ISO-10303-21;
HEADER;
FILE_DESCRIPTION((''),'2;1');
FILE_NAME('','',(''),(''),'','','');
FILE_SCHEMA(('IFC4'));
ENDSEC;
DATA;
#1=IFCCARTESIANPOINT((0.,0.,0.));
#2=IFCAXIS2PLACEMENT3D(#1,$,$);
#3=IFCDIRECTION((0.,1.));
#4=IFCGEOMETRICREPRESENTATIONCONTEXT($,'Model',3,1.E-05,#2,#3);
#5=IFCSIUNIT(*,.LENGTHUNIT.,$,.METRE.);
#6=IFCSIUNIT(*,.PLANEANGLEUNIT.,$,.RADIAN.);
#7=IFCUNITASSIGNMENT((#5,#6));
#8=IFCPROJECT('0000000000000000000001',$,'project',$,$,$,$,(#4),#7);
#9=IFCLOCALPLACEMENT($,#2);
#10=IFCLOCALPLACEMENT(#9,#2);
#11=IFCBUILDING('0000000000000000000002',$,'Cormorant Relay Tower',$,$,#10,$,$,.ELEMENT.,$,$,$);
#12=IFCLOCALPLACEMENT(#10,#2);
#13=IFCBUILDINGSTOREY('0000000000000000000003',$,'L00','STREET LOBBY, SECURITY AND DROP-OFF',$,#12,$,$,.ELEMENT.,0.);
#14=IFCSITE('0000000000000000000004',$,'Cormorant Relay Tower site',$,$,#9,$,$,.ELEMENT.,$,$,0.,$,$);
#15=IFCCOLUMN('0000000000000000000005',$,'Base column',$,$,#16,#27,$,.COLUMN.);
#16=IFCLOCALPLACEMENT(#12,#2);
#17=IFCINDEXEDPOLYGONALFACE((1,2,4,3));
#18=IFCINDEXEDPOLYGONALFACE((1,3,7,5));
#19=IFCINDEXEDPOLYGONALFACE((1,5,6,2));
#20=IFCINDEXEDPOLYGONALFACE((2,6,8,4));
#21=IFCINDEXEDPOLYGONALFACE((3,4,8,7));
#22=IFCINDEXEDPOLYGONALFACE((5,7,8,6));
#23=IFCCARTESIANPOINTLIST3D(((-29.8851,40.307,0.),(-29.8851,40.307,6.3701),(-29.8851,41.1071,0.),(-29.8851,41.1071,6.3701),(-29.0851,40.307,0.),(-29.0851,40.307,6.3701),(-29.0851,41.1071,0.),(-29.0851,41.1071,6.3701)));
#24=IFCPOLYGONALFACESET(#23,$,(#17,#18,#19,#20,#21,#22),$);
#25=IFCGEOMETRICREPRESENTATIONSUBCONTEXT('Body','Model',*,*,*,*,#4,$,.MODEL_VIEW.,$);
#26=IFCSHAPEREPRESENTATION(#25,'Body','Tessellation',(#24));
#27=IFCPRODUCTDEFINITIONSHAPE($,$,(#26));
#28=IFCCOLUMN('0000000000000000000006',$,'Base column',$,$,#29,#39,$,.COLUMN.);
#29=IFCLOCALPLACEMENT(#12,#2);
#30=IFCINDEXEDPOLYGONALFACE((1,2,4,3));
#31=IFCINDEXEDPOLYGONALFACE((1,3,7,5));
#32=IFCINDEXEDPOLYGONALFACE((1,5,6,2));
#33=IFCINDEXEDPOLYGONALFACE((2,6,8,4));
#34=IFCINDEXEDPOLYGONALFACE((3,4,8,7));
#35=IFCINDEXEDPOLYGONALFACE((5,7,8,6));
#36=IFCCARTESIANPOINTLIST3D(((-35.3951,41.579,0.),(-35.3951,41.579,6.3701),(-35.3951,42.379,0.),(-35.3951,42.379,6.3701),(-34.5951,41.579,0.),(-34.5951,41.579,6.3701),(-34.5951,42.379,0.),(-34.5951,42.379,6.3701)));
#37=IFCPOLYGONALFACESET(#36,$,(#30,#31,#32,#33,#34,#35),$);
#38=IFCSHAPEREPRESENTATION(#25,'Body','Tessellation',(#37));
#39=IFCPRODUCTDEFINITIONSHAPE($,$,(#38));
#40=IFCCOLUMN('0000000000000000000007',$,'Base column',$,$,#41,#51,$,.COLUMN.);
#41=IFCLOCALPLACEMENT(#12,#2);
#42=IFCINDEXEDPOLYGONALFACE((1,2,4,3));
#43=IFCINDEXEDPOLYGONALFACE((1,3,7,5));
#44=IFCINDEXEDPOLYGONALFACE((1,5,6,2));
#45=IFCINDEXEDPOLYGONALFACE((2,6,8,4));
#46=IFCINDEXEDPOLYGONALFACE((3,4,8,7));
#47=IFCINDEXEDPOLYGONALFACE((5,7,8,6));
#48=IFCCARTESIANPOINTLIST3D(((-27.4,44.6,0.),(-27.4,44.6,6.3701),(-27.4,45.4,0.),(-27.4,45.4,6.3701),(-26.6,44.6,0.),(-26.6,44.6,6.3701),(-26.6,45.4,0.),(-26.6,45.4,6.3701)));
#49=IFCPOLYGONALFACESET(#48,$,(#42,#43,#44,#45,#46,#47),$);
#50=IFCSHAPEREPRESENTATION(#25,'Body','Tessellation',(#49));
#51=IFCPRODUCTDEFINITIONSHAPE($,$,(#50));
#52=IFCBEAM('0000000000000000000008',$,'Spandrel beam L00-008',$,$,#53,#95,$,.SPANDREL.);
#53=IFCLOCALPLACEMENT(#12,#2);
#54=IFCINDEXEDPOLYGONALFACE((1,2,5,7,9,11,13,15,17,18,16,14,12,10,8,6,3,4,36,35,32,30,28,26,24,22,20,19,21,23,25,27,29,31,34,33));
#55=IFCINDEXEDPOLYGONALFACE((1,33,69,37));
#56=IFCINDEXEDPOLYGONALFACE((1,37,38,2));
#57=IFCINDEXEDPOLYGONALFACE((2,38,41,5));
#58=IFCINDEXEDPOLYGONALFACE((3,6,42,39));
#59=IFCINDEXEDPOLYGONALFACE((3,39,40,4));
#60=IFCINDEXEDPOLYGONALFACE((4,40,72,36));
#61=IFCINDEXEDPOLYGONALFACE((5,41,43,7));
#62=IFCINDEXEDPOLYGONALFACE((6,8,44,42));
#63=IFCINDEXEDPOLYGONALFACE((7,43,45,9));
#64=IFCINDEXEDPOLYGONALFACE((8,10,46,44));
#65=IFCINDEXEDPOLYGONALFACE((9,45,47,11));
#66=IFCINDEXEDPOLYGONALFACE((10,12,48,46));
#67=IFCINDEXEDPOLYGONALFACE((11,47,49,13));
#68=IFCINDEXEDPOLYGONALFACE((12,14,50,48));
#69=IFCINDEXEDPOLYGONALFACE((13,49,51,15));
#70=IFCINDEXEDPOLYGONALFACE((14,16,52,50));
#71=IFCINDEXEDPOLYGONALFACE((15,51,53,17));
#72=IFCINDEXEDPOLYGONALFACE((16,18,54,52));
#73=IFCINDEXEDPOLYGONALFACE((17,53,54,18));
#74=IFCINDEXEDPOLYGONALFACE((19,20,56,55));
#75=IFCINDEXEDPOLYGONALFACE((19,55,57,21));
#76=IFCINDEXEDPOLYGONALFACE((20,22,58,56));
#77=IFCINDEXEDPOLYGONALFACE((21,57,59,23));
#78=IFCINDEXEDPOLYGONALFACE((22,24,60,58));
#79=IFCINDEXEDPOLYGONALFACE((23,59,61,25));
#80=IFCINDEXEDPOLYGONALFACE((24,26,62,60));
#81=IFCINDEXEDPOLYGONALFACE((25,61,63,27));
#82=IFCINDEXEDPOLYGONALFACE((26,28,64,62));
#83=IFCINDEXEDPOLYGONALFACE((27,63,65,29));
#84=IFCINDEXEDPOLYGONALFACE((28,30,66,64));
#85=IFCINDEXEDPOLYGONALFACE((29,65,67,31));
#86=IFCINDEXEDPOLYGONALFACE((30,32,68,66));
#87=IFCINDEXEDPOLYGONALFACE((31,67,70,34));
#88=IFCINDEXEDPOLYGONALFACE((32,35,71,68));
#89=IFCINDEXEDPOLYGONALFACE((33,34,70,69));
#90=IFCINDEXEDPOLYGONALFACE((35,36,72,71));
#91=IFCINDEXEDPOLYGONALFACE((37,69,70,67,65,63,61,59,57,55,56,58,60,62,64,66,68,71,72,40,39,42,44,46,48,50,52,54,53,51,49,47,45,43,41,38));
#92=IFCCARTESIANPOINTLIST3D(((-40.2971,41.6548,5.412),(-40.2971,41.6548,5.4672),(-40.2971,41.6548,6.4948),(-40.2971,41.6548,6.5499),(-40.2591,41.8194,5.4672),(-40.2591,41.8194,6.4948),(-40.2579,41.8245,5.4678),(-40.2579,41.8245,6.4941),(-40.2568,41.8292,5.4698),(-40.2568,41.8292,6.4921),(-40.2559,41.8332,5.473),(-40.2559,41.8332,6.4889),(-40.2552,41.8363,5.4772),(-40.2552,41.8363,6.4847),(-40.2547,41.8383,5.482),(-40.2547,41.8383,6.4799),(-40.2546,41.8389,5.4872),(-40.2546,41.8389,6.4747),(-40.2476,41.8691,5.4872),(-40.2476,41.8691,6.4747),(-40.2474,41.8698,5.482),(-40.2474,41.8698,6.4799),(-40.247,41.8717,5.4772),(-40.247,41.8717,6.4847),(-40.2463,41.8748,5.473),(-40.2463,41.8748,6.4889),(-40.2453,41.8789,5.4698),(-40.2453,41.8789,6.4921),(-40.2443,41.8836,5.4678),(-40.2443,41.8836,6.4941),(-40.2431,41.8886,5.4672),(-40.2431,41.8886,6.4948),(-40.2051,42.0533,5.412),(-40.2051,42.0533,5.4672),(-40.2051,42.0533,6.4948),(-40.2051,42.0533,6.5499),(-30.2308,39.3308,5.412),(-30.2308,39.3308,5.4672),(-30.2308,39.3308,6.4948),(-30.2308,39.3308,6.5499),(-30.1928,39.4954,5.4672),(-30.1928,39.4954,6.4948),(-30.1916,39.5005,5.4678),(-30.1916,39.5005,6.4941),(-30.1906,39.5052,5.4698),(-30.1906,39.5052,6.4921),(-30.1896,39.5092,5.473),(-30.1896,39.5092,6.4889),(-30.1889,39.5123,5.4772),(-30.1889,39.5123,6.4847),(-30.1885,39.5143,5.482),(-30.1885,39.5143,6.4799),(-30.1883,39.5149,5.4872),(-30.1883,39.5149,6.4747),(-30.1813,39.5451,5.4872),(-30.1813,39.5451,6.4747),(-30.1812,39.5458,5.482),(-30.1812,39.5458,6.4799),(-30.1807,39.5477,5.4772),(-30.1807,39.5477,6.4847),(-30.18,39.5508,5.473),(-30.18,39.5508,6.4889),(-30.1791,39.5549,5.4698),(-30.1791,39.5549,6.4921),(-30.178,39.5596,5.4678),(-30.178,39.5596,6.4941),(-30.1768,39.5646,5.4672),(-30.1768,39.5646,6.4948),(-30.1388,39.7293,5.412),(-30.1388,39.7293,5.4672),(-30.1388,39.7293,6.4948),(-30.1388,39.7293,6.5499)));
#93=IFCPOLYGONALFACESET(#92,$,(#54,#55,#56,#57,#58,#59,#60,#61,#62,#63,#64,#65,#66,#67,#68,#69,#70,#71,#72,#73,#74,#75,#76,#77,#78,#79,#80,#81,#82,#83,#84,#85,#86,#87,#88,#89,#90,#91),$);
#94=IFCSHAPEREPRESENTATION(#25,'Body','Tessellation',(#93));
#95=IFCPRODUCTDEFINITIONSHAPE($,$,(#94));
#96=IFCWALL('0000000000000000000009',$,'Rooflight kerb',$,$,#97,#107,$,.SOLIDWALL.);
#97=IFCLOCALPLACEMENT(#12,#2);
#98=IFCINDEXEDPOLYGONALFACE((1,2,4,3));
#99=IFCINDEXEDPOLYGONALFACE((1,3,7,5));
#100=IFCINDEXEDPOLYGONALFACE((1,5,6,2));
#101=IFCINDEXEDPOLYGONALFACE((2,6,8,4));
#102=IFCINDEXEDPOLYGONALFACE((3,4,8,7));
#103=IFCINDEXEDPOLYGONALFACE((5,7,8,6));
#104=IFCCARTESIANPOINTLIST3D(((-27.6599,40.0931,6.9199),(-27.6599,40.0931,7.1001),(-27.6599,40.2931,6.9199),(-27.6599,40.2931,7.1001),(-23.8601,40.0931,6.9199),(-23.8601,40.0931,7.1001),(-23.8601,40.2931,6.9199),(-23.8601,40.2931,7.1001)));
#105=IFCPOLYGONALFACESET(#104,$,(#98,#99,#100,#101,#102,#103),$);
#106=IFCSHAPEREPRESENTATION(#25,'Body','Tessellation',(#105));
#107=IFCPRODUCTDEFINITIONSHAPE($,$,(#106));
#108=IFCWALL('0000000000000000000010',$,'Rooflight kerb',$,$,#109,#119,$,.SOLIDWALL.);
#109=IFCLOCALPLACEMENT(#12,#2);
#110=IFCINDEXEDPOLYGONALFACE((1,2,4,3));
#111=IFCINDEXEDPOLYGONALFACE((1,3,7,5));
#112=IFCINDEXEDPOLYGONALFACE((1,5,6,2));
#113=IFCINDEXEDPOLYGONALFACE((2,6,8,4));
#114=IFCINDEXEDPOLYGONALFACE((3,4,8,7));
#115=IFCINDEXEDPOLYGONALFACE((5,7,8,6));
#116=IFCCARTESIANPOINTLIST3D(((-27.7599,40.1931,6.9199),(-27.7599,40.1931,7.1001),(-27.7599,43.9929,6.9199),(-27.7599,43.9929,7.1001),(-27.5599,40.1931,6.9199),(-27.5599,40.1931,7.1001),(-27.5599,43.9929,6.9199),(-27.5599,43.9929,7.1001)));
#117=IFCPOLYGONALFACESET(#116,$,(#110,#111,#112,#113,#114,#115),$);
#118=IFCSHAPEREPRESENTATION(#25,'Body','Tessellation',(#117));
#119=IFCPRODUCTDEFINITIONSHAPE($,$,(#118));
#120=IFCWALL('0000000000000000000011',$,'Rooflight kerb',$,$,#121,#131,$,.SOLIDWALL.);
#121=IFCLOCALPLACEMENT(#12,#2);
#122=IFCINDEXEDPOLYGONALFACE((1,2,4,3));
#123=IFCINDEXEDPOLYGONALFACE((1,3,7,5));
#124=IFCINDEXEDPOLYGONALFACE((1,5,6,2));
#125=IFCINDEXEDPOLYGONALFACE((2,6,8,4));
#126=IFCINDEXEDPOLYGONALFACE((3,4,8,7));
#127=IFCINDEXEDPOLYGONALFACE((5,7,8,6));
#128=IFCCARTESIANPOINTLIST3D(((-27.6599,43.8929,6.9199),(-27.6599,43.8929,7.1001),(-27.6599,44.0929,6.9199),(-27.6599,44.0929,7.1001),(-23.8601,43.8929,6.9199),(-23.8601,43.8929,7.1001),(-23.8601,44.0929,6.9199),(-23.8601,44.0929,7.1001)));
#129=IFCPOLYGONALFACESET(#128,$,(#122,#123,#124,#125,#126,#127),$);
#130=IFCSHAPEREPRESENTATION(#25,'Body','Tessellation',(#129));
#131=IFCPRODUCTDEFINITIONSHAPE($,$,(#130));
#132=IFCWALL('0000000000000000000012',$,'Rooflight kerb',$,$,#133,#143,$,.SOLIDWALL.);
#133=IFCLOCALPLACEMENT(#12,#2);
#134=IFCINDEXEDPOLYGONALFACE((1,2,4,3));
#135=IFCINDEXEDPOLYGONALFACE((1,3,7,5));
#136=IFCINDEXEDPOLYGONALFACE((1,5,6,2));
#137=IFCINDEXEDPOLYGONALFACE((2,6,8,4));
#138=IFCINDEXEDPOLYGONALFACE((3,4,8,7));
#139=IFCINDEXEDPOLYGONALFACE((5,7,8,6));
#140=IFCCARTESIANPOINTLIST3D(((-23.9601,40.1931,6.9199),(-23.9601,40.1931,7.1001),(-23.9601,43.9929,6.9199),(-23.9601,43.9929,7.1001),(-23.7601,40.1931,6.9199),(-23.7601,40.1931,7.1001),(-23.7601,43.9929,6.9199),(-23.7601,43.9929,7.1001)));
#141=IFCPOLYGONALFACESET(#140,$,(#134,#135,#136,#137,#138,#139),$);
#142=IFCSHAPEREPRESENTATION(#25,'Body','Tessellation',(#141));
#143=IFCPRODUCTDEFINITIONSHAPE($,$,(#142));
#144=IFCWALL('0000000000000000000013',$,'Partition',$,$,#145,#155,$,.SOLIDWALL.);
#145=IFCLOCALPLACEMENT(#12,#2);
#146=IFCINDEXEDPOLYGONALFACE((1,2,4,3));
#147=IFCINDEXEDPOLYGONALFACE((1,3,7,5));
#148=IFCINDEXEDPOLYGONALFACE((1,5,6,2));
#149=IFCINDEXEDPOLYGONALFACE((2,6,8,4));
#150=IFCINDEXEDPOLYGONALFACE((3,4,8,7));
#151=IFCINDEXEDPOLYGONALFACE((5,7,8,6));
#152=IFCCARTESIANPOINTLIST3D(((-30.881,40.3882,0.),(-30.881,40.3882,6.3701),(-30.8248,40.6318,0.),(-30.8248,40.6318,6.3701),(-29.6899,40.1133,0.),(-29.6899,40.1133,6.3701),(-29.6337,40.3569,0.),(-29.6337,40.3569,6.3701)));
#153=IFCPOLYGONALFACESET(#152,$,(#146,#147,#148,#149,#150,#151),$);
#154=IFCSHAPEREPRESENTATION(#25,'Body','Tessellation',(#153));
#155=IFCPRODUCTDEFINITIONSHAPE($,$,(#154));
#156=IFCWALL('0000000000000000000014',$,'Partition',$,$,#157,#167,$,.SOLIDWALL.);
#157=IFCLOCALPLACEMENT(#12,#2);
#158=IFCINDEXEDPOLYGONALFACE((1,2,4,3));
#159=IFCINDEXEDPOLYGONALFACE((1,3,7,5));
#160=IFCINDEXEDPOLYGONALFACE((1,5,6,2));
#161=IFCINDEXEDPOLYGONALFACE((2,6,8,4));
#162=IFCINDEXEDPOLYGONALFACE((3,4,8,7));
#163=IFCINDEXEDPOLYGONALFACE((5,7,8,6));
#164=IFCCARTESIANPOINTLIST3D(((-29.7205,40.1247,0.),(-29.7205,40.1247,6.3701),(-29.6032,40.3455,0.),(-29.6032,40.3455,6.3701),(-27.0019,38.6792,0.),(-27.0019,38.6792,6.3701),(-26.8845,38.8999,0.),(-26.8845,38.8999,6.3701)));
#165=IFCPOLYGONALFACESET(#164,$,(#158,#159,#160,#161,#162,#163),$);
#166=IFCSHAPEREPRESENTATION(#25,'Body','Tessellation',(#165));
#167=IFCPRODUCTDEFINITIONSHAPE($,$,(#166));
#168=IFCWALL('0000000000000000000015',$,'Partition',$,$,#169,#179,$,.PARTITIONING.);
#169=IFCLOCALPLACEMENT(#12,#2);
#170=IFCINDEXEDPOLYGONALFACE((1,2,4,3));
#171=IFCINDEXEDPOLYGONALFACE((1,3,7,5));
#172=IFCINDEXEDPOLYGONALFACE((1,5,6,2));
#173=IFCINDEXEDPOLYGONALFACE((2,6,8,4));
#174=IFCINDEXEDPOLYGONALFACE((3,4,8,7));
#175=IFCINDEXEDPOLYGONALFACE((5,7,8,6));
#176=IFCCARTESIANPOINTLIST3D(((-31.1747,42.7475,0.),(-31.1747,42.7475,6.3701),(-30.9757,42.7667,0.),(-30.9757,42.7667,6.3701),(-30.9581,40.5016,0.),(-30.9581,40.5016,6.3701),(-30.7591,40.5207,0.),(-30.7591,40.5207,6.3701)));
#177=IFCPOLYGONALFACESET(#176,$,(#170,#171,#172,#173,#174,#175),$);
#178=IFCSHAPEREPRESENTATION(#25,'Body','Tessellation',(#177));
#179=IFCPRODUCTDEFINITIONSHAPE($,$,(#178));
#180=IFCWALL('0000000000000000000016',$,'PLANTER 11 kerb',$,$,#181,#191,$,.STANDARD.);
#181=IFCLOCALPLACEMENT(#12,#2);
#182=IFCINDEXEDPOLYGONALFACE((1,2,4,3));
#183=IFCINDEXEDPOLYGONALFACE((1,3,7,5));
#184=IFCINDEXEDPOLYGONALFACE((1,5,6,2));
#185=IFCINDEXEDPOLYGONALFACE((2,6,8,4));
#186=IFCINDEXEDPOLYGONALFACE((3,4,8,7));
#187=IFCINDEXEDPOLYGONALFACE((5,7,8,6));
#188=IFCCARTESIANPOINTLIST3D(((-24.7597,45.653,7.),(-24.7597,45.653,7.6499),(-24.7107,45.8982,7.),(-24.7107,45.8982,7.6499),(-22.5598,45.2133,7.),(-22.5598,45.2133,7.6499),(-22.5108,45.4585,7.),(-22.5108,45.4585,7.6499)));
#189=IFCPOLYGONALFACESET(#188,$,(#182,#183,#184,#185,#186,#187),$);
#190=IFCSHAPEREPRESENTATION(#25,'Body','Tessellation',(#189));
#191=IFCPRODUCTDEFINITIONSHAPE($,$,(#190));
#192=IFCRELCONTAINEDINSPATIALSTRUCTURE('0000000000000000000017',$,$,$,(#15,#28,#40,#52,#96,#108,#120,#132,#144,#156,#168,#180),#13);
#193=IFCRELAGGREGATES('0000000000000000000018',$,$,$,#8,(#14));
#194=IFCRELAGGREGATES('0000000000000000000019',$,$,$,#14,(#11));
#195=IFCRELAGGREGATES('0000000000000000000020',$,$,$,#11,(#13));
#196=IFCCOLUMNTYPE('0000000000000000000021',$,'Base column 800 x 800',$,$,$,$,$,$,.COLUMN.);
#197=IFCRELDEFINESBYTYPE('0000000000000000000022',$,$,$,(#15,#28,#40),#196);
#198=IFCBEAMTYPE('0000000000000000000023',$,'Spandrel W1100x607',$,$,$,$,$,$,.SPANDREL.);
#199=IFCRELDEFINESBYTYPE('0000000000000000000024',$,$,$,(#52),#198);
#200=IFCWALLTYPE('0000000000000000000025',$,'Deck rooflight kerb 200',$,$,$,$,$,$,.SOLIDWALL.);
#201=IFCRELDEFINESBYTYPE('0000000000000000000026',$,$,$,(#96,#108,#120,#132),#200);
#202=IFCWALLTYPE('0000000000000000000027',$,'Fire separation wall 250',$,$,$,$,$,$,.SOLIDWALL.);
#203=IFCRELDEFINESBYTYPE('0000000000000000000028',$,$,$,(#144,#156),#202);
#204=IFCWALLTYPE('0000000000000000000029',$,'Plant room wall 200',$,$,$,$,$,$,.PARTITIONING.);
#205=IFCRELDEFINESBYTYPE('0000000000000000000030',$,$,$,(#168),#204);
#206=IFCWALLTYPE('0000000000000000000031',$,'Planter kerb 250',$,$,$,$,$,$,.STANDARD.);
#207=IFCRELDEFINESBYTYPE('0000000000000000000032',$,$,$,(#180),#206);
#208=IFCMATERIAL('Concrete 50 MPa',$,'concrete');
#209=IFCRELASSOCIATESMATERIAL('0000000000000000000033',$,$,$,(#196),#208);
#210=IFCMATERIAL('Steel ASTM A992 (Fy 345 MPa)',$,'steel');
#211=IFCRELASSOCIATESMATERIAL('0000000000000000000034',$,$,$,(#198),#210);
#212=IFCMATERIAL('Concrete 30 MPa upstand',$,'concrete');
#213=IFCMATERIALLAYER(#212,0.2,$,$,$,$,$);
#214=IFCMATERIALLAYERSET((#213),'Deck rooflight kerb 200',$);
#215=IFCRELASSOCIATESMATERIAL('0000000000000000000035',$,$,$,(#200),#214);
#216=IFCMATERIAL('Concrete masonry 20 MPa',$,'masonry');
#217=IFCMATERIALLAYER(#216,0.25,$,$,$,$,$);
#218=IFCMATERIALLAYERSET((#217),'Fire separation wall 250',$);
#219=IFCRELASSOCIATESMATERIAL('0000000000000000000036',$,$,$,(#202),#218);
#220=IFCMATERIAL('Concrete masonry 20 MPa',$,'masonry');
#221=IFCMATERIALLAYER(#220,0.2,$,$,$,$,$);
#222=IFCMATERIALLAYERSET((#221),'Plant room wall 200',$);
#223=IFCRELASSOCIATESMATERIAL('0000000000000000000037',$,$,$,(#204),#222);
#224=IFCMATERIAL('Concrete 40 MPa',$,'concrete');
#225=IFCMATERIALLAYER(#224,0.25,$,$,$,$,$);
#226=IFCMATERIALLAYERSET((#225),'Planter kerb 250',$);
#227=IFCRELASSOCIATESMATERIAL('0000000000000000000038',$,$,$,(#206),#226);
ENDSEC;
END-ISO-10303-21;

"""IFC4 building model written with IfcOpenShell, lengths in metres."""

from ifc_helpers import new_model, si_unit, direction, frame, frame_2d, origin, origin_2d, place, context, subcontext, project, spatial, rectangle, i_section, extrude, material, layer, layer_set, material_profile, profile_set, type_object, element, save


model = new_model("IFC4")

# Units and contexts
model_context = context("Model", 3, precision=1e-05, world=origin(), true_north=direction((0.0, 1.0)))
body_context = subcontext(model_context, "Body", "Model", "MODEL_VIEW")
ifc_project = project(units=[si_unit("LENGTHUNIT", "METRE"), si_unit("PLANEANGLEUNIT", "RADIAN")], contexts=[model_context])

# Site, building, storey
site_placement = place(None, origin())
site = spatial("IfcSite", under=ifc_project, at=site_placement, Name="Cormorant Relay Tower site", CompositionType="ELEMENT", RefElevation=0.0)
building_placement = place(site_placement, origin())
building = spatial("IfcBuilding", under=site, at=building_placement, Name="Cormorant Relay Tower", CompositionType="ELEMENT")
storey_placement = place(building_placement, origin())
storey = spatial("IfcBuildingStorey", under=building, at=storey_placement, Name="L00", Description="STREET LOBBY, SECURITY AND DROP-OFF", CompositionType="ELEMENT", Elevation=0.0)

# Columns
ifc_material_1 = material(Name="Concrete 50 MPa", Category="concrete")
ifc_material_profile_1 = material_profile(ifc_material_1, rectangle(XDim=0.8, YDim=0.8, at=origin_2d()), Name="RC 800x800")
ifc_profile_set_1 = profile_set([ifc_material_profile_1], Name="Concrete 50 MPa")
column_type = type_object("IfcColumnType", Name="Base column 800 x 800", PredefinedType="COLUMN", material=ifc_profile_set_1)
for number, where, z_axis, x_axis, name in (
    (1, (-29.4851, 40.707, 0.0), (0.0, 0.0, 1.0), (1.0, 0.0, 0.0), "Base column"),
    (2, (-34.9951, 41.979, 0.0), (0.0, 0.0, 1.0), (1.0, 0.0, 0.0), "Base column"),
    (3, (-27.0, 45.0, 0.0), (0.0, 0.0, 1.0), (1.0, 0.0, 0.0), "Base column"),
):
    element("IfcColumn", number, at=place(storey_placement, frame(where, z_axis=z_axis, x_axis=x_axis)), inside=storey, type_object=column_type, Name=name, PredefinedType="COLUMN", context=body_context, shape_type="SweptSolid", body=[
        extrude(rectangle(XDim=0.8, YDim=0.8, at=origin_2d()), origin(), (0.0, 0.0, 1.0), 6.3701),
    ])

# Beam
ifc_material_2 = material(Name="Steel ASTM A992 (Fy 345 MPa)", Category="steel")
ifc_material_profile_2 = material_profile(ifc_material_2, i_section(OverallWidth=0.4089, OverallDepth=1.1379, WebThickness=0.031, FlangeThickness=0.0552, FilletRadius=0.02, at=origin_2d()), Name="W1100x607")
ifc_profile_set_2 = profile_set([ifc_material_profile_2], Name="Steel ASTM A992 (Fy 345 MPa)")
beam_type = type_object("IfcBeamType", Name="Spandrel W1100x607", PredefinedType="SPANDREL", material=ifc_profile_set_2)
beam_placement = place(storey_placement, frame((-30.1848, 39.53, 5.981), z_axis=(-0.97437, 0.224953, 0.0), x_axis=(-0.224953, -0.97437, 0.0)))
element("IfcBeam", 4, at=beam_placement, inside=storey, type_object=beam_type, Name="Spandrel beam L00-008", PredefinedType="SPANDREL", context=body_context, shape_type="SweptSolid", body=[
    extrude(i_section(OverallWidth=0.4089, OverallDepth=1.1379, WebThickness=0.031, FlangeThickness=0.0552, FilletRadius=0.02, at=origin_2d()), origin(), (0.0, 0.0, 1.0), 10.3311),
])

# Walls
ifc_material_3 = material(Name="Concrete 30 MPa upstand", Category="concrete")
ifc_layer_1 = layer(ifc_material_3, 0.2)
ifc_layer_set_1 = layer_set([ifc_layer_1], Name="Deck rooflight kerb 200")
wall_type_1 = type_object("IfcWallType", Name="Deck rooflight kerb 200", PredefinedType="SOLIDWALL", material=ifc_layer_set_1)
for number, where, z_axis, x_axis, name in (
    (5, (-23.8601, 40.1931, 6.9199), (0.0, 0.0, 1.0), (-1.0, 0.0, 0.0), "Rooflight kerb"),
    (6, (-27.6599, 40.1931, 6.9199), (0.0, 0.0, 1.0), (0.0, 1.0, 0.0), "Rooflight kerb"),
    (7, (-27.6599, 43.9929, 6.9199), (0.0, 0.0, 1.0), (1.0, 0.0, 0.0), "Rooflight kerb"),
    (8, (-23.8601, 43.9929, 6.9199), (0.0, 0.0, 1.0), (0.0, -1.0, 0.0), "Rooflight kerb"),
):
    element("IfcWall", number, at=place(storey_placement, frame(where, z_axis=z_axis, x_axis=x_axis)), inside=storey, type_object=wall_type_1, Name=name, PredefinedType="SOLIDWALL", context=body_context, shape_type="SweptSolid", body=[
        extrude(rectangle(XDim=3.7998, YDim=0.2, at=frame_2d((1.8999, 0.0))), origin(), (0.0, 0.0, 1.0), 0.1802),
    ])
ifc_material_4 = material(Name="Concrete masonry 20 MPa", Category="masonry")
ifc_layer_2 = layer(ifc_material_4, 0.25)
ifc_layer_set_2 = layer_set([ifc_layer_2], Name="Fire separation wall 250")
wall_type_2 = type_object("IfcWallType", Name="Fire separation wall 250", PredefinedType="SOLIDWALL", material=ifc_layer_set_2)
wall_1_placement = place(storey_placement, frame((-30.853, 40.51, 0.0), z_axis=(0.0, 0.0, 1.0), x_axis=(0.974388, -0.224874, 0.0)))
element("IfcWall", 9, at=wall_1_placement, inside=storey, type_object=wall_type_2, Name="Partition", PredefinedType="SOLIDWALL", context=body_context, shape_type="SweptSolid", body=[
    extrude(rectangle(XDim=1.2224, YDim=0.25, at=frame_2d((0.6113, 0.0))), origin(), (0.0, 0.0, 1.0), 6.3701),
])
wall_2_placement = place(storey_placement, frame((-29.6619, 40.2351, 0.0), z_axis=(0.0, 0.0, 1.0), x_axis=(0.882951, -0.469464, 0.0)))
element("IfcWall", 10, at=wall_2_placement, inside=storey, type_object=wall_type_2, Name="Partition", PredefinedType="SOLIDWALL", context=body_context, shape_type="SweptSolid", body=[
    extrude(rectangle(XDim=3.0791, YDim=0.25, at=frame_2d((1.5396, 0.0))), origin(), (0.0, 0.0, 1.0), 6.3701),
])
ifc_material_5 = material(Name="Concrete masonry 20 MPa", Category="masonry")
ifc_layer_3 = layer(ifc_material_5, 0.2)
ifc_layer_set_3 = layer_set([ifc_layer_3], Name="Plant room wall 200")
wall_type_3 = type_object("IfcWallType", Name="Plant room wall 200", PredefinedType="PARTITIONING", material=ifc_layer_set_3)
wall_3_placement = place(storey_placement, frame((-31.0752, 42.7571, 0.0), z_axis=(0.0, 0.0, 1.0), x_axis=(0.095978, -0.995383, 0.0)))
element("IfcWall", 11, at=wall_3_placement, inside=storey, type_object=wall_type_3, Name="Partition", PredefinedType="PARTITIONING", context=body_context, shape_type="SweptSolid", body=[
    extrude(rectangle(XDim=2.2563, YDim=0.2, at=frame_2d((1.1282, 0.0))), origin(), (0.0, 0.0, 1.0), 6.3701),
])
ifc_material_6 = material(Name="Concrete 40 MPa", Category="concrete")
ifc_layer_4 = layer(ifc_material_6, 0.25)
ifc_layer_set_4 = layer_set([ifc_layer_4], Name="Planter kerb 250")
wall_type_4 = type_object("IfcWallType", Name="Planter kerb 250", PredefinedType="STANDARD", material=ifc_layer_set_4)
wall_4_placement = place(storey_placement, frame((-22.5354, 45.3359, 7.0), z_axis=(0.0, 0.0, 1.0), x_axis=(-0.980606, 0.195991, 0.0)))
element("IfcWall", 12, at=wall_4_placement, inside=storey, type_object=wall_type_4, Name="PLANTER 11 kerb", PredefinedType="STANDARD", context=body_context, shape_type="SweptSolid", body=[
    extrude(rectangle(XDim=2.2434, YDim=0.25, at=frame_2d((1.1216, 0.0))), origin(), (0.0, 0.0, 1.0), 0.6499),
])

save(model, "model.ifc")
